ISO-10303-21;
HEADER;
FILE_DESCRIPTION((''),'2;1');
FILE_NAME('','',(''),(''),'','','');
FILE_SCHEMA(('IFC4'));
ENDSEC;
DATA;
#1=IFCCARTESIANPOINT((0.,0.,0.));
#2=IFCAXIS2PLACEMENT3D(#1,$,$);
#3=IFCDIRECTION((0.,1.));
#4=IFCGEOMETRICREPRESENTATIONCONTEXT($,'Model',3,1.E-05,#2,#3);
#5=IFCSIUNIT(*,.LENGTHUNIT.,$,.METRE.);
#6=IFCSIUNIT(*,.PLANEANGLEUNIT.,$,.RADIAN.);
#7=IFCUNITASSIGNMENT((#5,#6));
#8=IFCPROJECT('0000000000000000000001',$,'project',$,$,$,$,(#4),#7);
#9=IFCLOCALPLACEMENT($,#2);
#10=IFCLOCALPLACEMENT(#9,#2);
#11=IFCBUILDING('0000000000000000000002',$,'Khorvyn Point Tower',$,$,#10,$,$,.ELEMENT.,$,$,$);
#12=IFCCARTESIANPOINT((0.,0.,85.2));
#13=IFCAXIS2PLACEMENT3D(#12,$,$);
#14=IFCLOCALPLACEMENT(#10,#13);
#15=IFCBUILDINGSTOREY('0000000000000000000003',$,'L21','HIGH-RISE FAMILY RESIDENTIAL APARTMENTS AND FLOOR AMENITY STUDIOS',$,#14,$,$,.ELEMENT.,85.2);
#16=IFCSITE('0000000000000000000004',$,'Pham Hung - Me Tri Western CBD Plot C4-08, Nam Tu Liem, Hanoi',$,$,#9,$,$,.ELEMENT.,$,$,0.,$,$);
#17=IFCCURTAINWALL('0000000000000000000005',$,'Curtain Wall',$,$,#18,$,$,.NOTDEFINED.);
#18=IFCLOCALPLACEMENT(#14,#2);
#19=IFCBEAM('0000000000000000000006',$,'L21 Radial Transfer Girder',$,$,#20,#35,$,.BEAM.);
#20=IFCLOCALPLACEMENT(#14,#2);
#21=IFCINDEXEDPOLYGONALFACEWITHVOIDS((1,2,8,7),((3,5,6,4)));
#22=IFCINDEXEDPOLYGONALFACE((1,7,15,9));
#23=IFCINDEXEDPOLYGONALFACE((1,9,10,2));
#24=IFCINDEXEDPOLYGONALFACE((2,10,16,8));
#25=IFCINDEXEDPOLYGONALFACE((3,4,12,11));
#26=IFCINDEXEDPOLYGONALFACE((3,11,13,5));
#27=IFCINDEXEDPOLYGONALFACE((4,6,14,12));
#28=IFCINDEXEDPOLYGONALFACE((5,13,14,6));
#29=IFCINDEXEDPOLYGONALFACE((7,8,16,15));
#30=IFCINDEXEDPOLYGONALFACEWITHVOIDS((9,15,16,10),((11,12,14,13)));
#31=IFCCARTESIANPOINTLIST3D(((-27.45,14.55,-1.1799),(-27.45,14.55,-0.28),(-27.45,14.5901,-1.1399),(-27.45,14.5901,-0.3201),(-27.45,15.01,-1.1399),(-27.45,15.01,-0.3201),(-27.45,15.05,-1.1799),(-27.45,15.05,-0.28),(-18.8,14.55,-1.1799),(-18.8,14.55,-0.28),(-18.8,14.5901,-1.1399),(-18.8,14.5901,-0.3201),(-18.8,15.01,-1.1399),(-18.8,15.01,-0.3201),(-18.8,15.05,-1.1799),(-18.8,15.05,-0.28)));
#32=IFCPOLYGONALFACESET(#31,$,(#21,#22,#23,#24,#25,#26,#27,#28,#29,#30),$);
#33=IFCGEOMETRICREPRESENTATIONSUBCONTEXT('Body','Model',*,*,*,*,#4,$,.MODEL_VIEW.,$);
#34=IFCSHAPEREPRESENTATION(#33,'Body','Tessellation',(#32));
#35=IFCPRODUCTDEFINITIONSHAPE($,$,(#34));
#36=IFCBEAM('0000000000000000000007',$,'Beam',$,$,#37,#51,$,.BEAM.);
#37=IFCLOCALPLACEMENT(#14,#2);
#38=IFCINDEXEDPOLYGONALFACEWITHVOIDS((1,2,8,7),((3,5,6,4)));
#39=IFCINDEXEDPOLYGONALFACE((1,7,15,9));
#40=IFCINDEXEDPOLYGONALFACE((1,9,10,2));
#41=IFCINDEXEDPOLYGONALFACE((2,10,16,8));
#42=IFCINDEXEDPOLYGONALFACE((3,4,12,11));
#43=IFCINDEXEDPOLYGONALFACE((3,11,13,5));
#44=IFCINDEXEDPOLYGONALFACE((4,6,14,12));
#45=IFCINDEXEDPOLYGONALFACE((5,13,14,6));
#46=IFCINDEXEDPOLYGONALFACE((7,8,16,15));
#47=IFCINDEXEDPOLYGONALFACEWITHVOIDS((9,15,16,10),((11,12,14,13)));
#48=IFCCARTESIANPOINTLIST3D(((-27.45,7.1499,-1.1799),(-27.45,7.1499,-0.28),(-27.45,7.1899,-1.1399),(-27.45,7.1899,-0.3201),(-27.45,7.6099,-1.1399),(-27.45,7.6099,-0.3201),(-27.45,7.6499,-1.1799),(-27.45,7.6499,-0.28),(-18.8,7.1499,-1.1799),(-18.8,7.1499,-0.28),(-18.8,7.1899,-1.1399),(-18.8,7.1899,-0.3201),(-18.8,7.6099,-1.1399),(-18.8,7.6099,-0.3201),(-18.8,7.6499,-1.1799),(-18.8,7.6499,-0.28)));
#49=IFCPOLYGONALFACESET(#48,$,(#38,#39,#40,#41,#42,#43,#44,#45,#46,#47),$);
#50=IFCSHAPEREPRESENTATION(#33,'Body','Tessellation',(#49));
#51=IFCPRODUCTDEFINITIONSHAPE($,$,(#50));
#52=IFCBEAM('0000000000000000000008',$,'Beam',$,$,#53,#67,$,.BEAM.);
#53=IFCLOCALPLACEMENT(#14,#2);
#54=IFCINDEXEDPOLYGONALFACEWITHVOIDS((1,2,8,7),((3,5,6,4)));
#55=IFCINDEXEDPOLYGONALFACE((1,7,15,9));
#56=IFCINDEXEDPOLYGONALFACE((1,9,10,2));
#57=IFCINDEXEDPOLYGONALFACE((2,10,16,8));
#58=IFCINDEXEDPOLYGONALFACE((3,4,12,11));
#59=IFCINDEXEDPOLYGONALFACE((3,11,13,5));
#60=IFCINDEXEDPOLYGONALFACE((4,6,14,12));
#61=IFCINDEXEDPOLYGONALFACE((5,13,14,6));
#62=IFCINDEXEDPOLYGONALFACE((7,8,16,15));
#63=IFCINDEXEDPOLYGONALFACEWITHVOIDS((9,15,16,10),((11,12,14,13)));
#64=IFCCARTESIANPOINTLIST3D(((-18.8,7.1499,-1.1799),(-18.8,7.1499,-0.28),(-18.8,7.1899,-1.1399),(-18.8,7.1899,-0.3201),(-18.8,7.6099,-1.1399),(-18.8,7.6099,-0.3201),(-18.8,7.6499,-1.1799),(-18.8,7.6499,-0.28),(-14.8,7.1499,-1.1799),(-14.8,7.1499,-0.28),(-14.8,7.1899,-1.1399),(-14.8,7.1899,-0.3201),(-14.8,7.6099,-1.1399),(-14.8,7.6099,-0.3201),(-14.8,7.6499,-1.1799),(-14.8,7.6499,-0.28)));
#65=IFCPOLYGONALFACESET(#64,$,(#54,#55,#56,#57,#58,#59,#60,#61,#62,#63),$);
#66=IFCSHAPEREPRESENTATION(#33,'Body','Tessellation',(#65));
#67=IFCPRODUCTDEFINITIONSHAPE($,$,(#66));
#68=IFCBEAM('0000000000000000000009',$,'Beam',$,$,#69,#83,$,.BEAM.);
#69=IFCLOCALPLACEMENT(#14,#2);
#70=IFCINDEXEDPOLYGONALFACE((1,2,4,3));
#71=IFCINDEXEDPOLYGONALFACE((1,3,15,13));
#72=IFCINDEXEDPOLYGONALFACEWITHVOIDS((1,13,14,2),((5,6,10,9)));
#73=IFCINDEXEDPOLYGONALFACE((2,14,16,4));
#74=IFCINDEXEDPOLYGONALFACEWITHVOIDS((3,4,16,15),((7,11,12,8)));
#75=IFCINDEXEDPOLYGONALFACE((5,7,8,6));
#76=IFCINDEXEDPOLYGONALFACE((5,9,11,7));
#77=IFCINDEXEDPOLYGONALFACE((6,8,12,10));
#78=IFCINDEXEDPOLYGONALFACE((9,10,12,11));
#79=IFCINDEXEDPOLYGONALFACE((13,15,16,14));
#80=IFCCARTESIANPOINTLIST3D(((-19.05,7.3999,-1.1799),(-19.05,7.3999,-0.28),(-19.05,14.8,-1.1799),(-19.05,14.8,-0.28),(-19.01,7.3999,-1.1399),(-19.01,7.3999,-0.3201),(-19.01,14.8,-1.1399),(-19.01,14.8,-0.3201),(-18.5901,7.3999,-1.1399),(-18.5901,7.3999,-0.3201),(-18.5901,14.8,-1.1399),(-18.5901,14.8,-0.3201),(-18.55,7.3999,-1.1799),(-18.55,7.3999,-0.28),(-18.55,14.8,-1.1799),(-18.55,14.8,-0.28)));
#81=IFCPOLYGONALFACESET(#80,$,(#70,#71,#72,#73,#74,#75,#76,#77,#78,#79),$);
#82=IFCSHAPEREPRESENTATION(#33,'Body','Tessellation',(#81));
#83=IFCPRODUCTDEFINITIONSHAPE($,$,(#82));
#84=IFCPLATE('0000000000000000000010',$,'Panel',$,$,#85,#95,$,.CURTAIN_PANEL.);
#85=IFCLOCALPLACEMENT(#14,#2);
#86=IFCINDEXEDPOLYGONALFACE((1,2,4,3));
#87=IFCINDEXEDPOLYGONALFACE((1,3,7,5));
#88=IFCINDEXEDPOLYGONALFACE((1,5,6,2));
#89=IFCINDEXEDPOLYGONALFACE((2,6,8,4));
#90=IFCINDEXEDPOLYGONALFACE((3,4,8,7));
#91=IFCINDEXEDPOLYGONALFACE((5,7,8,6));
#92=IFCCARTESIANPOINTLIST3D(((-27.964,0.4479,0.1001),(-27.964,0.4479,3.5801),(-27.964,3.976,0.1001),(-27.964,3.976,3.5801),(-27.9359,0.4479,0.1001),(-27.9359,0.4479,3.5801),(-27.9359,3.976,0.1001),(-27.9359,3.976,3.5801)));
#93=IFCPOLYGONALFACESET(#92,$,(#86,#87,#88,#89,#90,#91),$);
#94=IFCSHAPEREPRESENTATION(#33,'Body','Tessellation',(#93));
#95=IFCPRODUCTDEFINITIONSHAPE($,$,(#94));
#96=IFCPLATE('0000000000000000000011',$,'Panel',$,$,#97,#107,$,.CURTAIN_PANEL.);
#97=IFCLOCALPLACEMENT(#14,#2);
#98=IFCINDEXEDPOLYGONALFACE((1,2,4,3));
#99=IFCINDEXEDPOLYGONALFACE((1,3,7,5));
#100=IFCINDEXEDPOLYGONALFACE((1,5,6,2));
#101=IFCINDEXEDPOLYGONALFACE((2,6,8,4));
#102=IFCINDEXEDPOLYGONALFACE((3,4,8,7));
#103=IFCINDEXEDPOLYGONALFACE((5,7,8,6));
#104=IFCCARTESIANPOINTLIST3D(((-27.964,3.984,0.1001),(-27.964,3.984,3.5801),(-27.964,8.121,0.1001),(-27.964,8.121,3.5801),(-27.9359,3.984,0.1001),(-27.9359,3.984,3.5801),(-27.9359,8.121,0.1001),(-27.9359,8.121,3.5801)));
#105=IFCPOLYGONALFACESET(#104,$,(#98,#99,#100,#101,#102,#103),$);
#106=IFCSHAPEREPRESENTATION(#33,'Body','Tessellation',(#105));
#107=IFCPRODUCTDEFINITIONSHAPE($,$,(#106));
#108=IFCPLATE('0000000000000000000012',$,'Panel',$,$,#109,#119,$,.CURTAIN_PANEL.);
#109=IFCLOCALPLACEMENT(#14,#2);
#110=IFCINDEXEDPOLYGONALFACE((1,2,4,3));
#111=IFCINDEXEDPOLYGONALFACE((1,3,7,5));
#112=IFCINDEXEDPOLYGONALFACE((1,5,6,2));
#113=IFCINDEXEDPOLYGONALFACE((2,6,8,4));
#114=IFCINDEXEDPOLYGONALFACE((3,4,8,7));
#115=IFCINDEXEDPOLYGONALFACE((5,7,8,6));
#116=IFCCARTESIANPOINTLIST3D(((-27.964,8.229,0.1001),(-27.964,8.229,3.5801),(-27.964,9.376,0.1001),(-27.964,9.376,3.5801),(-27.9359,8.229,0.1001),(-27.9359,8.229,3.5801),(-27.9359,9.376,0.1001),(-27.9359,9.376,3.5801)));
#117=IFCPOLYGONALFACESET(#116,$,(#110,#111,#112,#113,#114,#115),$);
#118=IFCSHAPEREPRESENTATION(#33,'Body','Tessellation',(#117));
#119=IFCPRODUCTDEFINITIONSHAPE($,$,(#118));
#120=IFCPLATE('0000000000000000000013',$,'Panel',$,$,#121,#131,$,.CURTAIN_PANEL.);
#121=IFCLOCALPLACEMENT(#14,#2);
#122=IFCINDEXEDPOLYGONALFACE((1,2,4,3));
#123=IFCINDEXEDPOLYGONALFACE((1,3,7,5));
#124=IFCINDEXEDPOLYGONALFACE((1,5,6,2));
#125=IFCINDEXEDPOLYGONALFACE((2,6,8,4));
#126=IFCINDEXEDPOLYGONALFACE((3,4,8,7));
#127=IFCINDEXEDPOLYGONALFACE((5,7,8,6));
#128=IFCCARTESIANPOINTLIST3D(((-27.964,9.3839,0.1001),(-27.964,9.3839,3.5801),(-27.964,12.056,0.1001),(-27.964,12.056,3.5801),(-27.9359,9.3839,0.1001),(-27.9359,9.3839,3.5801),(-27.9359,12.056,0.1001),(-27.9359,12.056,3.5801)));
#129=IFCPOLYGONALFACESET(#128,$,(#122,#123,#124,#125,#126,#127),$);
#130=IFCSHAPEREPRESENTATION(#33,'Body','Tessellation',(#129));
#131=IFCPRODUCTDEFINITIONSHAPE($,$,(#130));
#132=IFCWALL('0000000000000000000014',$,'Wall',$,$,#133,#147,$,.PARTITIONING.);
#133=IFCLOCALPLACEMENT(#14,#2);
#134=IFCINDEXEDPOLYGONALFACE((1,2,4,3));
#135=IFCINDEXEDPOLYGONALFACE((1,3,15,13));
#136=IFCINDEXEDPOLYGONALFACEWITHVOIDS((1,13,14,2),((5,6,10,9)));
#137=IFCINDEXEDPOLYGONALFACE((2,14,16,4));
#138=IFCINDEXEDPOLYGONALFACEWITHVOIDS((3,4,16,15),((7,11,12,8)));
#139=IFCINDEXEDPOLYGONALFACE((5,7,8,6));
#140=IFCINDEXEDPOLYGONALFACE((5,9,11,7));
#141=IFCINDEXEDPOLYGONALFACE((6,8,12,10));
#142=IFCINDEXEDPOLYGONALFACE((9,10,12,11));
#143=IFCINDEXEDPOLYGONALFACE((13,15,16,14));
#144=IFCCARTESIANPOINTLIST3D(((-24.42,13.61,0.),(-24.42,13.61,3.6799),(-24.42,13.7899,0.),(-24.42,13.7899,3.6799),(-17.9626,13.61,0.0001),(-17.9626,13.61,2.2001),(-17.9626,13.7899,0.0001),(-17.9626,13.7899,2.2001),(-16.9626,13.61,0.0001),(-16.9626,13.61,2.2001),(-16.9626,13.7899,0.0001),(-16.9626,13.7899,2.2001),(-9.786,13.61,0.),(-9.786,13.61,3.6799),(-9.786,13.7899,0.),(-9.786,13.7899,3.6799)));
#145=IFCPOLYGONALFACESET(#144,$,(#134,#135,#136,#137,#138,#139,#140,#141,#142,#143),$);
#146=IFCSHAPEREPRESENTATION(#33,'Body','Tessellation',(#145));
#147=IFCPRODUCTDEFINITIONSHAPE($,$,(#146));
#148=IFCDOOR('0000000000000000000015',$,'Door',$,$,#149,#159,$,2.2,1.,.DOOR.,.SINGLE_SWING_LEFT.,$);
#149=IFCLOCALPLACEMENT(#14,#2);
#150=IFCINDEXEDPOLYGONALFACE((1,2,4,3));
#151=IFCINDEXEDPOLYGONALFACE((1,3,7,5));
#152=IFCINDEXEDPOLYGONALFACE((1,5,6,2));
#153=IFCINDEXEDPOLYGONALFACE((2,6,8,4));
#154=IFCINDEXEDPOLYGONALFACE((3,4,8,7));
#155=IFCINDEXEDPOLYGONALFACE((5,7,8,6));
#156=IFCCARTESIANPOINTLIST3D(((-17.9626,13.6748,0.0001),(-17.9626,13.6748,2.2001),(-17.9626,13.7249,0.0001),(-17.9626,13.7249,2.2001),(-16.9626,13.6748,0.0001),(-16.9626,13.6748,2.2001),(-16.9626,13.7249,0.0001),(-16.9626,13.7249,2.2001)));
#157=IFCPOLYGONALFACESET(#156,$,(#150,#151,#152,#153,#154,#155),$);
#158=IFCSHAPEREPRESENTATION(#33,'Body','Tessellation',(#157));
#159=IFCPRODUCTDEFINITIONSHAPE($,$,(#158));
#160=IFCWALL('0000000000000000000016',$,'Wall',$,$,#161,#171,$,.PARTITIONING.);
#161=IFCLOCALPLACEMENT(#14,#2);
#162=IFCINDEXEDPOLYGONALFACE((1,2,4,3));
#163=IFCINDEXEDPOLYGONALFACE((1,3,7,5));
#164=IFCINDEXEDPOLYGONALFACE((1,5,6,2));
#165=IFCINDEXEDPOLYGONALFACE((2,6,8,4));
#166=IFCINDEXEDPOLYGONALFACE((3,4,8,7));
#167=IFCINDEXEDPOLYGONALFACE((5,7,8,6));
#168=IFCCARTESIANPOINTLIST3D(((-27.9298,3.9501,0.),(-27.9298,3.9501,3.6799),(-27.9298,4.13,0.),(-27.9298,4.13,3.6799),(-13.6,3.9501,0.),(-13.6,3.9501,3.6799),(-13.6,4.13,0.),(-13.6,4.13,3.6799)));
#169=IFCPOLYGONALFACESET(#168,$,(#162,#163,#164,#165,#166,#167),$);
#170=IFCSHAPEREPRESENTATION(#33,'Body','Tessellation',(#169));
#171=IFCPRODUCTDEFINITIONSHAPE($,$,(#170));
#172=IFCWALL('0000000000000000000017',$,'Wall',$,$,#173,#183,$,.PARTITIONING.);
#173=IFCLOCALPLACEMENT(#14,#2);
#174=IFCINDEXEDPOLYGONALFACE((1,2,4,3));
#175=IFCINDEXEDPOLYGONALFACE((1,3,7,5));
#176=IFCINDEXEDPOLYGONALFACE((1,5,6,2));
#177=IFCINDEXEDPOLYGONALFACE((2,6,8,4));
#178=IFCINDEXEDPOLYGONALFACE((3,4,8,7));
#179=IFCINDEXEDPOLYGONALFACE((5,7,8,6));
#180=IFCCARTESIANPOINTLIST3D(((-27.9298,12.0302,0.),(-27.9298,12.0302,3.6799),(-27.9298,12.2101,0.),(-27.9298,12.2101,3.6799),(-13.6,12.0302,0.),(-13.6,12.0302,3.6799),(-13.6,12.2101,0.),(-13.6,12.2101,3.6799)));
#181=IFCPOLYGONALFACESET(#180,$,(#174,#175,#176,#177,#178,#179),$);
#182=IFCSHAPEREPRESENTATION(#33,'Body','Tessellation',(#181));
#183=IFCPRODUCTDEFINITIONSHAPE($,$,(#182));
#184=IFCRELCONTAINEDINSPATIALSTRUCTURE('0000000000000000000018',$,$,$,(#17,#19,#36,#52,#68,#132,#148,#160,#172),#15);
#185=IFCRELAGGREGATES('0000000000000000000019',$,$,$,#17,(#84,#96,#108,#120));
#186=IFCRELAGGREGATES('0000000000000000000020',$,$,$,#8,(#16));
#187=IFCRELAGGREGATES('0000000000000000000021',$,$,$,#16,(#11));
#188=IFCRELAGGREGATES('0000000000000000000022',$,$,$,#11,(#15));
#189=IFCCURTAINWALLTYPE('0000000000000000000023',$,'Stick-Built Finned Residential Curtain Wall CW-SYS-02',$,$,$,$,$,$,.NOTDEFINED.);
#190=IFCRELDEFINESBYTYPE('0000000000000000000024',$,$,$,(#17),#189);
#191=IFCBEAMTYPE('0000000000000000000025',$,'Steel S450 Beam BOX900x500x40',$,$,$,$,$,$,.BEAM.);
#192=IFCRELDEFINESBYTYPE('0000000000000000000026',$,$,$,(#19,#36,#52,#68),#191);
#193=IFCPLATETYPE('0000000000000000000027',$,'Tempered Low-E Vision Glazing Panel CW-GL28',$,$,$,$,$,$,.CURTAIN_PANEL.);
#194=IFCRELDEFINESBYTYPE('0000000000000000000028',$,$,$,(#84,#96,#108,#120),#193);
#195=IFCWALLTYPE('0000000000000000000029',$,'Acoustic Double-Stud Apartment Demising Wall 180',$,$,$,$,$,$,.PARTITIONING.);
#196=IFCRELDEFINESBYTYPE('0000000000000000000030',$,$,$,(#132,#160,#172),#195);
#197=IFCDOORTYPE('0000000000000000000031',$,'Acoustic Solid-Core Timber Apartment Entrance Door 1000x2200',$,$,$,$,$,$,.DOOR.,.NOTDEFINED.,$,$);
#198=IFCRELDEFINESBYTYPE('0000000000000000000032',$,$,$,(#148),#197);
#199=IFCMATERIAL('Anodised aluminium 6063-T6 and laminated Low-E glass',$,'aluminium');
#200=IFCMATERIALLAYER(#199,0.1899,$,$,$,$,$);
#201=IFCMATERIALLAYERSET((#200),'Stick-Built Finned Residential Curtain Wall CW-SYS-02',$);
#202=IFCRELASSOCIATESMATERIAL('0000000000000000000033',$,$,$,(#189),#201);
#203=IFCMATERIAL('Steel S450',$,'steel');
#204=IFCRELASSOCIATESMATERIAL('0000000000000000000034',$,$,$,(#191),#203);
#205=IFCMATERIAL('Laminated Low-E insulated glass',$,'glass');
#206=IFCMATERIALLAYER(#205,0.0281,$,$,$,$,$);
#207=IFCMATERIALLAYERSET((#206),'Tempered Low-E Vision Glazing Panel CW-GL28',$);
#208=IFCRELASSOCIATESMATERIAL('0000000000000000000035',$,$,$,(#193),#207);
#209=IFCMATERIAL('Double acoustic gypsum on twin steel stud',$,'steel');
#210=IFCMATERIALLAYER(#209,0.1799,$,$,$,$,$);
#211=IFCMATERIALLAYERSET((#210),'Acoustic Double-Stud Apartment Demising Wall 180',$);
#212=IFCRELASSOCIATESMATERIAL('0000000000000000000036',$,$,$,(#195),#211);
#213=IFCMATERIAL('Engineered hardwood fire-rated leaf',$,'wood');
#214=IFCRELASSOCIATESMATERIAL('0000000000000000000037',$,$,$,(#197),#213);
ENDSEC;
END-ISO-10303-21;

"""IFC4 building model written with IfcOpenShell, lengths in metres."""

from ifc_helpers import new_model, si_unit, direction, frame, frame_2d, origin, origin_2d, place, context, subcontext, project, spatial, rectangle, hollow_rectangle, extrude, material, layer, layer_set, material_profile, profile_set, type_object, element, fill, aggregate, save


model = new_model("IFC4")

# Units and contexts
model_context = context("Model", 3, precision=1e-05, world=origin(), true_north=direction((0.0, 1.0)))
body_context = subcontext(model_context, "Body", "Model", "MODEL_VIEW")
ifc_project = project(units=[si_unit("LENGTHUNIT", "METRE"), si_unit("PLANEANGLEUNIT", "RADIAN")], contexts=[model_context])

# Site, building, storey
site_placement = place(None, origin())
site = spatial("IfcSite", under=ifc_project, at=site_placement, Name="Pham Hung - Me Tri Western CBD Plot C4-08, Nam Tu Liem, Hanoi", CompositionType="ELEMENT", RefElevation=0.0)
building_placement = place(site_placement, origin())
building = spatial("IfcBuilding", under=site, at=building_placement, Name="Khorvyn Point Tower", CompositionType="ELEMENT")
storey_placement = place(building_placement, frame((0.0, 0.0, 85.2)))
storey = spatial("IfcBuildingStorey", under=building, at=storey_placement, Name="L21", Description="HIGH-RISE FAMILY RESIDENTIAL APARTMENTS AND FLOOR AMENITY STUDIOS", CompositionType="ELEMENT", Elevation=85.2)

# Shared definitions
ifc_material_1 = material(Name="Steel S450", Category="steel")

# Curtain wall
ifc_material_2 = material(Name="Anodised aluminium 6063-T6 and laminated Low-E glass", Category="aluminium")
ifc_layer_1 = layer(ifc_material_2, 0.1899)
ifc_layer_set_1 = layer_set([ifc_layer_1], Name="Stick-Built Finned Residential Curtain Wall CW-SYS-02")
curtain_wall_type = type_object("IfcCurtainWallType", Name="Stick-Built Finned Residential Curtain Wall CW-SYS-02", PredefinedType="NOTDEFINED", material=ifc_layer_set_1)
curtain_wall_placement = place(storey_placement, origin())
curtain_wall = element("IfcCurtainWall", 1, at=curtain_wall_placement, inside=storey, type_object=curtain_wall_type, Name="Curtain Wall", PredefinedType="NOTDEFINED")

# Beams
ifc_material_profile_1 = material_profile(ifc_material_1, hollow_rectangle(XDim=0.5, YDim=0.8999, WallThickness=0.04, at=origin_2d()))
ifc_profile_set_1 = profile_set([ifc_material_profile_1], Name="Steel S450 BOX900x500x40")
beam_type_1 = type_object("IfcBeamType", Name="Steel S450 Beam BOX900x500x40", PredefinedType="BEAM", material=ifc_profile_set_1)
for number, where, z_axis, x_axis, name in (
    (2, (-27.45, 14.8, -0.73), (1.0, 0.0, 0.0), (0.0, 1.0, 0.0), "L21 Radial Transfer Girder"),
    (3, (-27.45, 7.3999, -0.73), (1.0, 0.0, 0.0), (0.0, 1.0, 0.0), "Beam"),
):
    element("IfcBeam", number, at=place(storey_placement, frame(where, z_axis=z_axis, x_axis=x_axis)), inside=storey, type_object=beam_type_1, Name=name, PredefinedType="BEAM", context=body_context, shape_type="SweptSolid", body=[
        extrude(hollow_rectangle(XDim=0.5, YDim=0.8999, WallThickness=0.04, at=origin_2d()), origin(), (0.0, 0.0, 1.0), 8.6499),
    ])
beam_1_placement = place(storey_placement, frame((-18.8, 7.3999, -0.73), z_axis=(1.0, 0.0, 0.0), x_axis=(0.0, 1.0, 0.0)))
element("IfcBeam", 4, at=beam_1_placement, inside=storey, type_object=beam_type_1, Name="Beam", PredefinedType="BEAM", context=body_context, shape_type="SweptSolid", body=[
    extrude(hollow_rectangle(XDim=0.5, YDim=0.8999, WallThickness=0.04, at=origin_2d()), origin(), (0.0, 0.0, 1.0), 4.0),
])
beam_2_placement = place(storey_placement, frame((-18.8, 7.3999, -0.73), z_axis=(0.0, 1.0, 0.0), x_axis=(-1.0, 0.0, 0.0)))
element("IfcBeam", 5, at=beam_2_placement, inside=storey, type_object=beam_type_1, Name="Beam", PredefinedType="BEAM", context=body_context, shape_type="SweptSolid", body=[
    extrude(hollow_rectangle(XDim=0.5, YDim=0.8999, WallThickness=0.04, at=origin_2d()), origin(), (0.0, 0.0, 1.0), 7.4001),
])

# Plates
ifc_material_3 = material(Name="Laminated Low-E insulated glass", Category="glass")
ifc_layer_2 = layer(ifc_material_3, 0.0281)
ifc_layer_set_2 = layer_set([ifc_layer_2], Name="Tempered Low-E Vision Glazing Panel CW-GL28")
plate_type = type_object("IfcPlateType", Name="Tempered Low-E Vision Glazing Panel CW-GL28", PredefinedType="CURTAIN_PANEL", material=ifc_layer_set_2)
plate_1_placement = place(storey_placement, frame((-27.95, 2.2119, 0.1001), z_axis=(0.0, 0.0, 1.0), x_axis=(0.0, 1.0, 0.0)))
plate_1 = element("IfcPlate", 6, at=plate_1_placement, type_object=plate_type, Name="Panel", PredefinedType="CURTAIN_PANEL", context=body_context, shape_type="SweptSolid", body=[
    extrude(rectangle(XDim=3.5281, YDim=0.0281, at=origin_2d()), origin(), (0.0, 0.0, 1.0), 3.48),
])
plate_2_placement = place(storey_placement, frame((-27.95, 6.0525, 0.1001), z_axis=(0.0, 0.0, 1.0), x_axis=(0.0, 1.0, 0.0)))
plate_2 = element("IfcPlate", 7, at=plate_2_placement, type_object=plate_type, Name="Panel", PredefinedType="CURTAIN_PANEL", context=body_context, shape_type="SweptSolid", body=[
    extrude(rectangle(XDim=4.137, YDim=0.0281, at=origin_2d()), origin(), (0.0, 0.0, 1.0), 3.48),
])
plate_3_placement = place(storey_placement, frame((-27.95, 8.8025, 0.1001), z_axis=(0.0, 0.0, 1.0), x_axis=(0.0, 1.0, 0.0)))
plate_3 = element("IfcPlate", 8, at=plate_3_placement, type_object=plate_type, Name="Panel", PredefinedType="CURTAIN_PANEL", context=body_context, shape_type="SweptSolid", body=[
    extrude(rectangle(XDim=1.147, YDim=0.0281, at=origin_2d()), origin(), (0.0, 0.0, 1.0), 3.48),
])
plate_4_placement = place(storey_placement, frame((-27.95, 10.72, 0.1001), z_axis=(0.0, 0.0, 1.0), x_axis=(0.0, 1.0, 0.0)))
plate_4 = element("IfcPlate", 9, at=plate_4_placement, type_object=plate_type, Name="Panel", PredefinedType="CURTAIN_PANEL", context=body_context, shape_type="SweptSolid", body=[
    extrude(rectangle(XDim=2.6721, YDim=0.0281, at=origin_2d()), origin(), (0.0, 0.0, 1.0), 3.48),
])
aggregate(curtain_wall, [plate_1, plate_2, plate_3, plate_4])

# Wall, opening, door
ifc_material_4 = material(Name="Double acoustic gypsum on twin steel stud", Category="steel")
ifc_layer_3 = layer(ifc_material_4, 0.1799)
ifc_layer_set_3 = layer_set([ifc_layer_3], Name="Acoustic Double-Stud Apartment Demising Wall 180")
wall_type_1 = type_object("IfcWallType", Name="Acoustic Double-Stud Apartment Demising Wall 180", PredefinedType="PARTITIONING", material=ifc_layer_set_3)
wall_1_placement = place(storey_placement, frame((-24.4199, 13.7, 0.0), z_axis=(0.0, 0.0, 1.0), x_axis=(1.0, 0.0, 0.0)))
wall_1 = element("IfcWall", 10, at=wall_1_placement, inside=storey, type_object=wall_type_1, Name="Wall", PredefinedType="PARTITIONING", context=body_context, shape_type="SweptSolid", body=[
    extrude(rectangle(XDim=14.634, YDim=0.1799, at=frame_2d((7.3169, 0.0))), origin(), (0.0, 0.0, 1.0), 3.6799),
])
opening_1_placement = place(wall_1_placement, frame((6.4573, 0.0, 0.0)))
opening_1 = element("IfcOpeningElement", 11, at=opening_1_placement, cuts=wall_1, PredefinedType="OPENING", context=body_context, shape_type="SweptSolid", body=[
    extrude(rectangle(XDim=1.0, YDim=2.2, at=frame_2d((0.5, 1.1001))), frame((0.0, 0.0999, 0.0), z_axis=(0.0, -1.0, 0.0), x_axis=(1.0, 0.0, 0.0)), (0.0, 0.0, 1.0), 0.2),
])
ifc_material_5 = material(Name="Engineered hardwood fire-rated leaf", Category="wood")
door_type_1 = type_object("IfcDoorType", Name="Acoustic Solid-Core Timber Apartment Entrance Door 1000x2200", OperationType="NOTDEFINED", PredefinedType="DOOR", material=ifc_material_5)
door_1_placement = place(opening_1_placement, origin())
door_1 = element("IfcDoor", 12, at=door_1_placement, inside=storey, type_object=door_type_1, Name="Door", OperationType="SINGLE_SWING_LEFT", OverallHeight=2.2, OverallWidth=1.0, PredefinedType="DOOR", context=body_context, shape_type="SweptSolid", body=[
    extrude(rectangle(XDim=1.0, YDim=2.2, at=frame_2d((0.5, 1.1001))), frame((0.0, 0.0249, 0.0), z_axis=(0.0, -1.0, 0.0), x_axis=(1.0, 0.0, 0.0)), (0.0, 0.0, 1.0), 0.05),
])
fill(opening_1, door_1)

# Walls
for number, where, z_axis, x_axis, name in (
    (13, (-27.9299, 4.04, 0.0), (0.0, 0.0, 1.0), (1.0, 0.0, 0.0), "Wall"),
    (14, (-27.9299, 12.1201, 0.0), (0.0, 0.0, 1.0), (1.0, 0.0, 0.0), "Wall"),
):
    element("IfcWall", number, at=place(storey_placement, frame(where, z_axis=z_axis, x_axis=x_axis)), inside=storey, type_object=wall_type_1, Name=name, PredefinedType="PARTITIONING", context=body_context, shape_type="SweptSolid", body=[
        extrude(rectangle(XDim=14.3298, YDim=0.1799, at=frame_2d((7.165, 0.0))), origin(), (0.0, 0.0, 1.0), 3.6799),
    ])

save(model, "model.ifc")
